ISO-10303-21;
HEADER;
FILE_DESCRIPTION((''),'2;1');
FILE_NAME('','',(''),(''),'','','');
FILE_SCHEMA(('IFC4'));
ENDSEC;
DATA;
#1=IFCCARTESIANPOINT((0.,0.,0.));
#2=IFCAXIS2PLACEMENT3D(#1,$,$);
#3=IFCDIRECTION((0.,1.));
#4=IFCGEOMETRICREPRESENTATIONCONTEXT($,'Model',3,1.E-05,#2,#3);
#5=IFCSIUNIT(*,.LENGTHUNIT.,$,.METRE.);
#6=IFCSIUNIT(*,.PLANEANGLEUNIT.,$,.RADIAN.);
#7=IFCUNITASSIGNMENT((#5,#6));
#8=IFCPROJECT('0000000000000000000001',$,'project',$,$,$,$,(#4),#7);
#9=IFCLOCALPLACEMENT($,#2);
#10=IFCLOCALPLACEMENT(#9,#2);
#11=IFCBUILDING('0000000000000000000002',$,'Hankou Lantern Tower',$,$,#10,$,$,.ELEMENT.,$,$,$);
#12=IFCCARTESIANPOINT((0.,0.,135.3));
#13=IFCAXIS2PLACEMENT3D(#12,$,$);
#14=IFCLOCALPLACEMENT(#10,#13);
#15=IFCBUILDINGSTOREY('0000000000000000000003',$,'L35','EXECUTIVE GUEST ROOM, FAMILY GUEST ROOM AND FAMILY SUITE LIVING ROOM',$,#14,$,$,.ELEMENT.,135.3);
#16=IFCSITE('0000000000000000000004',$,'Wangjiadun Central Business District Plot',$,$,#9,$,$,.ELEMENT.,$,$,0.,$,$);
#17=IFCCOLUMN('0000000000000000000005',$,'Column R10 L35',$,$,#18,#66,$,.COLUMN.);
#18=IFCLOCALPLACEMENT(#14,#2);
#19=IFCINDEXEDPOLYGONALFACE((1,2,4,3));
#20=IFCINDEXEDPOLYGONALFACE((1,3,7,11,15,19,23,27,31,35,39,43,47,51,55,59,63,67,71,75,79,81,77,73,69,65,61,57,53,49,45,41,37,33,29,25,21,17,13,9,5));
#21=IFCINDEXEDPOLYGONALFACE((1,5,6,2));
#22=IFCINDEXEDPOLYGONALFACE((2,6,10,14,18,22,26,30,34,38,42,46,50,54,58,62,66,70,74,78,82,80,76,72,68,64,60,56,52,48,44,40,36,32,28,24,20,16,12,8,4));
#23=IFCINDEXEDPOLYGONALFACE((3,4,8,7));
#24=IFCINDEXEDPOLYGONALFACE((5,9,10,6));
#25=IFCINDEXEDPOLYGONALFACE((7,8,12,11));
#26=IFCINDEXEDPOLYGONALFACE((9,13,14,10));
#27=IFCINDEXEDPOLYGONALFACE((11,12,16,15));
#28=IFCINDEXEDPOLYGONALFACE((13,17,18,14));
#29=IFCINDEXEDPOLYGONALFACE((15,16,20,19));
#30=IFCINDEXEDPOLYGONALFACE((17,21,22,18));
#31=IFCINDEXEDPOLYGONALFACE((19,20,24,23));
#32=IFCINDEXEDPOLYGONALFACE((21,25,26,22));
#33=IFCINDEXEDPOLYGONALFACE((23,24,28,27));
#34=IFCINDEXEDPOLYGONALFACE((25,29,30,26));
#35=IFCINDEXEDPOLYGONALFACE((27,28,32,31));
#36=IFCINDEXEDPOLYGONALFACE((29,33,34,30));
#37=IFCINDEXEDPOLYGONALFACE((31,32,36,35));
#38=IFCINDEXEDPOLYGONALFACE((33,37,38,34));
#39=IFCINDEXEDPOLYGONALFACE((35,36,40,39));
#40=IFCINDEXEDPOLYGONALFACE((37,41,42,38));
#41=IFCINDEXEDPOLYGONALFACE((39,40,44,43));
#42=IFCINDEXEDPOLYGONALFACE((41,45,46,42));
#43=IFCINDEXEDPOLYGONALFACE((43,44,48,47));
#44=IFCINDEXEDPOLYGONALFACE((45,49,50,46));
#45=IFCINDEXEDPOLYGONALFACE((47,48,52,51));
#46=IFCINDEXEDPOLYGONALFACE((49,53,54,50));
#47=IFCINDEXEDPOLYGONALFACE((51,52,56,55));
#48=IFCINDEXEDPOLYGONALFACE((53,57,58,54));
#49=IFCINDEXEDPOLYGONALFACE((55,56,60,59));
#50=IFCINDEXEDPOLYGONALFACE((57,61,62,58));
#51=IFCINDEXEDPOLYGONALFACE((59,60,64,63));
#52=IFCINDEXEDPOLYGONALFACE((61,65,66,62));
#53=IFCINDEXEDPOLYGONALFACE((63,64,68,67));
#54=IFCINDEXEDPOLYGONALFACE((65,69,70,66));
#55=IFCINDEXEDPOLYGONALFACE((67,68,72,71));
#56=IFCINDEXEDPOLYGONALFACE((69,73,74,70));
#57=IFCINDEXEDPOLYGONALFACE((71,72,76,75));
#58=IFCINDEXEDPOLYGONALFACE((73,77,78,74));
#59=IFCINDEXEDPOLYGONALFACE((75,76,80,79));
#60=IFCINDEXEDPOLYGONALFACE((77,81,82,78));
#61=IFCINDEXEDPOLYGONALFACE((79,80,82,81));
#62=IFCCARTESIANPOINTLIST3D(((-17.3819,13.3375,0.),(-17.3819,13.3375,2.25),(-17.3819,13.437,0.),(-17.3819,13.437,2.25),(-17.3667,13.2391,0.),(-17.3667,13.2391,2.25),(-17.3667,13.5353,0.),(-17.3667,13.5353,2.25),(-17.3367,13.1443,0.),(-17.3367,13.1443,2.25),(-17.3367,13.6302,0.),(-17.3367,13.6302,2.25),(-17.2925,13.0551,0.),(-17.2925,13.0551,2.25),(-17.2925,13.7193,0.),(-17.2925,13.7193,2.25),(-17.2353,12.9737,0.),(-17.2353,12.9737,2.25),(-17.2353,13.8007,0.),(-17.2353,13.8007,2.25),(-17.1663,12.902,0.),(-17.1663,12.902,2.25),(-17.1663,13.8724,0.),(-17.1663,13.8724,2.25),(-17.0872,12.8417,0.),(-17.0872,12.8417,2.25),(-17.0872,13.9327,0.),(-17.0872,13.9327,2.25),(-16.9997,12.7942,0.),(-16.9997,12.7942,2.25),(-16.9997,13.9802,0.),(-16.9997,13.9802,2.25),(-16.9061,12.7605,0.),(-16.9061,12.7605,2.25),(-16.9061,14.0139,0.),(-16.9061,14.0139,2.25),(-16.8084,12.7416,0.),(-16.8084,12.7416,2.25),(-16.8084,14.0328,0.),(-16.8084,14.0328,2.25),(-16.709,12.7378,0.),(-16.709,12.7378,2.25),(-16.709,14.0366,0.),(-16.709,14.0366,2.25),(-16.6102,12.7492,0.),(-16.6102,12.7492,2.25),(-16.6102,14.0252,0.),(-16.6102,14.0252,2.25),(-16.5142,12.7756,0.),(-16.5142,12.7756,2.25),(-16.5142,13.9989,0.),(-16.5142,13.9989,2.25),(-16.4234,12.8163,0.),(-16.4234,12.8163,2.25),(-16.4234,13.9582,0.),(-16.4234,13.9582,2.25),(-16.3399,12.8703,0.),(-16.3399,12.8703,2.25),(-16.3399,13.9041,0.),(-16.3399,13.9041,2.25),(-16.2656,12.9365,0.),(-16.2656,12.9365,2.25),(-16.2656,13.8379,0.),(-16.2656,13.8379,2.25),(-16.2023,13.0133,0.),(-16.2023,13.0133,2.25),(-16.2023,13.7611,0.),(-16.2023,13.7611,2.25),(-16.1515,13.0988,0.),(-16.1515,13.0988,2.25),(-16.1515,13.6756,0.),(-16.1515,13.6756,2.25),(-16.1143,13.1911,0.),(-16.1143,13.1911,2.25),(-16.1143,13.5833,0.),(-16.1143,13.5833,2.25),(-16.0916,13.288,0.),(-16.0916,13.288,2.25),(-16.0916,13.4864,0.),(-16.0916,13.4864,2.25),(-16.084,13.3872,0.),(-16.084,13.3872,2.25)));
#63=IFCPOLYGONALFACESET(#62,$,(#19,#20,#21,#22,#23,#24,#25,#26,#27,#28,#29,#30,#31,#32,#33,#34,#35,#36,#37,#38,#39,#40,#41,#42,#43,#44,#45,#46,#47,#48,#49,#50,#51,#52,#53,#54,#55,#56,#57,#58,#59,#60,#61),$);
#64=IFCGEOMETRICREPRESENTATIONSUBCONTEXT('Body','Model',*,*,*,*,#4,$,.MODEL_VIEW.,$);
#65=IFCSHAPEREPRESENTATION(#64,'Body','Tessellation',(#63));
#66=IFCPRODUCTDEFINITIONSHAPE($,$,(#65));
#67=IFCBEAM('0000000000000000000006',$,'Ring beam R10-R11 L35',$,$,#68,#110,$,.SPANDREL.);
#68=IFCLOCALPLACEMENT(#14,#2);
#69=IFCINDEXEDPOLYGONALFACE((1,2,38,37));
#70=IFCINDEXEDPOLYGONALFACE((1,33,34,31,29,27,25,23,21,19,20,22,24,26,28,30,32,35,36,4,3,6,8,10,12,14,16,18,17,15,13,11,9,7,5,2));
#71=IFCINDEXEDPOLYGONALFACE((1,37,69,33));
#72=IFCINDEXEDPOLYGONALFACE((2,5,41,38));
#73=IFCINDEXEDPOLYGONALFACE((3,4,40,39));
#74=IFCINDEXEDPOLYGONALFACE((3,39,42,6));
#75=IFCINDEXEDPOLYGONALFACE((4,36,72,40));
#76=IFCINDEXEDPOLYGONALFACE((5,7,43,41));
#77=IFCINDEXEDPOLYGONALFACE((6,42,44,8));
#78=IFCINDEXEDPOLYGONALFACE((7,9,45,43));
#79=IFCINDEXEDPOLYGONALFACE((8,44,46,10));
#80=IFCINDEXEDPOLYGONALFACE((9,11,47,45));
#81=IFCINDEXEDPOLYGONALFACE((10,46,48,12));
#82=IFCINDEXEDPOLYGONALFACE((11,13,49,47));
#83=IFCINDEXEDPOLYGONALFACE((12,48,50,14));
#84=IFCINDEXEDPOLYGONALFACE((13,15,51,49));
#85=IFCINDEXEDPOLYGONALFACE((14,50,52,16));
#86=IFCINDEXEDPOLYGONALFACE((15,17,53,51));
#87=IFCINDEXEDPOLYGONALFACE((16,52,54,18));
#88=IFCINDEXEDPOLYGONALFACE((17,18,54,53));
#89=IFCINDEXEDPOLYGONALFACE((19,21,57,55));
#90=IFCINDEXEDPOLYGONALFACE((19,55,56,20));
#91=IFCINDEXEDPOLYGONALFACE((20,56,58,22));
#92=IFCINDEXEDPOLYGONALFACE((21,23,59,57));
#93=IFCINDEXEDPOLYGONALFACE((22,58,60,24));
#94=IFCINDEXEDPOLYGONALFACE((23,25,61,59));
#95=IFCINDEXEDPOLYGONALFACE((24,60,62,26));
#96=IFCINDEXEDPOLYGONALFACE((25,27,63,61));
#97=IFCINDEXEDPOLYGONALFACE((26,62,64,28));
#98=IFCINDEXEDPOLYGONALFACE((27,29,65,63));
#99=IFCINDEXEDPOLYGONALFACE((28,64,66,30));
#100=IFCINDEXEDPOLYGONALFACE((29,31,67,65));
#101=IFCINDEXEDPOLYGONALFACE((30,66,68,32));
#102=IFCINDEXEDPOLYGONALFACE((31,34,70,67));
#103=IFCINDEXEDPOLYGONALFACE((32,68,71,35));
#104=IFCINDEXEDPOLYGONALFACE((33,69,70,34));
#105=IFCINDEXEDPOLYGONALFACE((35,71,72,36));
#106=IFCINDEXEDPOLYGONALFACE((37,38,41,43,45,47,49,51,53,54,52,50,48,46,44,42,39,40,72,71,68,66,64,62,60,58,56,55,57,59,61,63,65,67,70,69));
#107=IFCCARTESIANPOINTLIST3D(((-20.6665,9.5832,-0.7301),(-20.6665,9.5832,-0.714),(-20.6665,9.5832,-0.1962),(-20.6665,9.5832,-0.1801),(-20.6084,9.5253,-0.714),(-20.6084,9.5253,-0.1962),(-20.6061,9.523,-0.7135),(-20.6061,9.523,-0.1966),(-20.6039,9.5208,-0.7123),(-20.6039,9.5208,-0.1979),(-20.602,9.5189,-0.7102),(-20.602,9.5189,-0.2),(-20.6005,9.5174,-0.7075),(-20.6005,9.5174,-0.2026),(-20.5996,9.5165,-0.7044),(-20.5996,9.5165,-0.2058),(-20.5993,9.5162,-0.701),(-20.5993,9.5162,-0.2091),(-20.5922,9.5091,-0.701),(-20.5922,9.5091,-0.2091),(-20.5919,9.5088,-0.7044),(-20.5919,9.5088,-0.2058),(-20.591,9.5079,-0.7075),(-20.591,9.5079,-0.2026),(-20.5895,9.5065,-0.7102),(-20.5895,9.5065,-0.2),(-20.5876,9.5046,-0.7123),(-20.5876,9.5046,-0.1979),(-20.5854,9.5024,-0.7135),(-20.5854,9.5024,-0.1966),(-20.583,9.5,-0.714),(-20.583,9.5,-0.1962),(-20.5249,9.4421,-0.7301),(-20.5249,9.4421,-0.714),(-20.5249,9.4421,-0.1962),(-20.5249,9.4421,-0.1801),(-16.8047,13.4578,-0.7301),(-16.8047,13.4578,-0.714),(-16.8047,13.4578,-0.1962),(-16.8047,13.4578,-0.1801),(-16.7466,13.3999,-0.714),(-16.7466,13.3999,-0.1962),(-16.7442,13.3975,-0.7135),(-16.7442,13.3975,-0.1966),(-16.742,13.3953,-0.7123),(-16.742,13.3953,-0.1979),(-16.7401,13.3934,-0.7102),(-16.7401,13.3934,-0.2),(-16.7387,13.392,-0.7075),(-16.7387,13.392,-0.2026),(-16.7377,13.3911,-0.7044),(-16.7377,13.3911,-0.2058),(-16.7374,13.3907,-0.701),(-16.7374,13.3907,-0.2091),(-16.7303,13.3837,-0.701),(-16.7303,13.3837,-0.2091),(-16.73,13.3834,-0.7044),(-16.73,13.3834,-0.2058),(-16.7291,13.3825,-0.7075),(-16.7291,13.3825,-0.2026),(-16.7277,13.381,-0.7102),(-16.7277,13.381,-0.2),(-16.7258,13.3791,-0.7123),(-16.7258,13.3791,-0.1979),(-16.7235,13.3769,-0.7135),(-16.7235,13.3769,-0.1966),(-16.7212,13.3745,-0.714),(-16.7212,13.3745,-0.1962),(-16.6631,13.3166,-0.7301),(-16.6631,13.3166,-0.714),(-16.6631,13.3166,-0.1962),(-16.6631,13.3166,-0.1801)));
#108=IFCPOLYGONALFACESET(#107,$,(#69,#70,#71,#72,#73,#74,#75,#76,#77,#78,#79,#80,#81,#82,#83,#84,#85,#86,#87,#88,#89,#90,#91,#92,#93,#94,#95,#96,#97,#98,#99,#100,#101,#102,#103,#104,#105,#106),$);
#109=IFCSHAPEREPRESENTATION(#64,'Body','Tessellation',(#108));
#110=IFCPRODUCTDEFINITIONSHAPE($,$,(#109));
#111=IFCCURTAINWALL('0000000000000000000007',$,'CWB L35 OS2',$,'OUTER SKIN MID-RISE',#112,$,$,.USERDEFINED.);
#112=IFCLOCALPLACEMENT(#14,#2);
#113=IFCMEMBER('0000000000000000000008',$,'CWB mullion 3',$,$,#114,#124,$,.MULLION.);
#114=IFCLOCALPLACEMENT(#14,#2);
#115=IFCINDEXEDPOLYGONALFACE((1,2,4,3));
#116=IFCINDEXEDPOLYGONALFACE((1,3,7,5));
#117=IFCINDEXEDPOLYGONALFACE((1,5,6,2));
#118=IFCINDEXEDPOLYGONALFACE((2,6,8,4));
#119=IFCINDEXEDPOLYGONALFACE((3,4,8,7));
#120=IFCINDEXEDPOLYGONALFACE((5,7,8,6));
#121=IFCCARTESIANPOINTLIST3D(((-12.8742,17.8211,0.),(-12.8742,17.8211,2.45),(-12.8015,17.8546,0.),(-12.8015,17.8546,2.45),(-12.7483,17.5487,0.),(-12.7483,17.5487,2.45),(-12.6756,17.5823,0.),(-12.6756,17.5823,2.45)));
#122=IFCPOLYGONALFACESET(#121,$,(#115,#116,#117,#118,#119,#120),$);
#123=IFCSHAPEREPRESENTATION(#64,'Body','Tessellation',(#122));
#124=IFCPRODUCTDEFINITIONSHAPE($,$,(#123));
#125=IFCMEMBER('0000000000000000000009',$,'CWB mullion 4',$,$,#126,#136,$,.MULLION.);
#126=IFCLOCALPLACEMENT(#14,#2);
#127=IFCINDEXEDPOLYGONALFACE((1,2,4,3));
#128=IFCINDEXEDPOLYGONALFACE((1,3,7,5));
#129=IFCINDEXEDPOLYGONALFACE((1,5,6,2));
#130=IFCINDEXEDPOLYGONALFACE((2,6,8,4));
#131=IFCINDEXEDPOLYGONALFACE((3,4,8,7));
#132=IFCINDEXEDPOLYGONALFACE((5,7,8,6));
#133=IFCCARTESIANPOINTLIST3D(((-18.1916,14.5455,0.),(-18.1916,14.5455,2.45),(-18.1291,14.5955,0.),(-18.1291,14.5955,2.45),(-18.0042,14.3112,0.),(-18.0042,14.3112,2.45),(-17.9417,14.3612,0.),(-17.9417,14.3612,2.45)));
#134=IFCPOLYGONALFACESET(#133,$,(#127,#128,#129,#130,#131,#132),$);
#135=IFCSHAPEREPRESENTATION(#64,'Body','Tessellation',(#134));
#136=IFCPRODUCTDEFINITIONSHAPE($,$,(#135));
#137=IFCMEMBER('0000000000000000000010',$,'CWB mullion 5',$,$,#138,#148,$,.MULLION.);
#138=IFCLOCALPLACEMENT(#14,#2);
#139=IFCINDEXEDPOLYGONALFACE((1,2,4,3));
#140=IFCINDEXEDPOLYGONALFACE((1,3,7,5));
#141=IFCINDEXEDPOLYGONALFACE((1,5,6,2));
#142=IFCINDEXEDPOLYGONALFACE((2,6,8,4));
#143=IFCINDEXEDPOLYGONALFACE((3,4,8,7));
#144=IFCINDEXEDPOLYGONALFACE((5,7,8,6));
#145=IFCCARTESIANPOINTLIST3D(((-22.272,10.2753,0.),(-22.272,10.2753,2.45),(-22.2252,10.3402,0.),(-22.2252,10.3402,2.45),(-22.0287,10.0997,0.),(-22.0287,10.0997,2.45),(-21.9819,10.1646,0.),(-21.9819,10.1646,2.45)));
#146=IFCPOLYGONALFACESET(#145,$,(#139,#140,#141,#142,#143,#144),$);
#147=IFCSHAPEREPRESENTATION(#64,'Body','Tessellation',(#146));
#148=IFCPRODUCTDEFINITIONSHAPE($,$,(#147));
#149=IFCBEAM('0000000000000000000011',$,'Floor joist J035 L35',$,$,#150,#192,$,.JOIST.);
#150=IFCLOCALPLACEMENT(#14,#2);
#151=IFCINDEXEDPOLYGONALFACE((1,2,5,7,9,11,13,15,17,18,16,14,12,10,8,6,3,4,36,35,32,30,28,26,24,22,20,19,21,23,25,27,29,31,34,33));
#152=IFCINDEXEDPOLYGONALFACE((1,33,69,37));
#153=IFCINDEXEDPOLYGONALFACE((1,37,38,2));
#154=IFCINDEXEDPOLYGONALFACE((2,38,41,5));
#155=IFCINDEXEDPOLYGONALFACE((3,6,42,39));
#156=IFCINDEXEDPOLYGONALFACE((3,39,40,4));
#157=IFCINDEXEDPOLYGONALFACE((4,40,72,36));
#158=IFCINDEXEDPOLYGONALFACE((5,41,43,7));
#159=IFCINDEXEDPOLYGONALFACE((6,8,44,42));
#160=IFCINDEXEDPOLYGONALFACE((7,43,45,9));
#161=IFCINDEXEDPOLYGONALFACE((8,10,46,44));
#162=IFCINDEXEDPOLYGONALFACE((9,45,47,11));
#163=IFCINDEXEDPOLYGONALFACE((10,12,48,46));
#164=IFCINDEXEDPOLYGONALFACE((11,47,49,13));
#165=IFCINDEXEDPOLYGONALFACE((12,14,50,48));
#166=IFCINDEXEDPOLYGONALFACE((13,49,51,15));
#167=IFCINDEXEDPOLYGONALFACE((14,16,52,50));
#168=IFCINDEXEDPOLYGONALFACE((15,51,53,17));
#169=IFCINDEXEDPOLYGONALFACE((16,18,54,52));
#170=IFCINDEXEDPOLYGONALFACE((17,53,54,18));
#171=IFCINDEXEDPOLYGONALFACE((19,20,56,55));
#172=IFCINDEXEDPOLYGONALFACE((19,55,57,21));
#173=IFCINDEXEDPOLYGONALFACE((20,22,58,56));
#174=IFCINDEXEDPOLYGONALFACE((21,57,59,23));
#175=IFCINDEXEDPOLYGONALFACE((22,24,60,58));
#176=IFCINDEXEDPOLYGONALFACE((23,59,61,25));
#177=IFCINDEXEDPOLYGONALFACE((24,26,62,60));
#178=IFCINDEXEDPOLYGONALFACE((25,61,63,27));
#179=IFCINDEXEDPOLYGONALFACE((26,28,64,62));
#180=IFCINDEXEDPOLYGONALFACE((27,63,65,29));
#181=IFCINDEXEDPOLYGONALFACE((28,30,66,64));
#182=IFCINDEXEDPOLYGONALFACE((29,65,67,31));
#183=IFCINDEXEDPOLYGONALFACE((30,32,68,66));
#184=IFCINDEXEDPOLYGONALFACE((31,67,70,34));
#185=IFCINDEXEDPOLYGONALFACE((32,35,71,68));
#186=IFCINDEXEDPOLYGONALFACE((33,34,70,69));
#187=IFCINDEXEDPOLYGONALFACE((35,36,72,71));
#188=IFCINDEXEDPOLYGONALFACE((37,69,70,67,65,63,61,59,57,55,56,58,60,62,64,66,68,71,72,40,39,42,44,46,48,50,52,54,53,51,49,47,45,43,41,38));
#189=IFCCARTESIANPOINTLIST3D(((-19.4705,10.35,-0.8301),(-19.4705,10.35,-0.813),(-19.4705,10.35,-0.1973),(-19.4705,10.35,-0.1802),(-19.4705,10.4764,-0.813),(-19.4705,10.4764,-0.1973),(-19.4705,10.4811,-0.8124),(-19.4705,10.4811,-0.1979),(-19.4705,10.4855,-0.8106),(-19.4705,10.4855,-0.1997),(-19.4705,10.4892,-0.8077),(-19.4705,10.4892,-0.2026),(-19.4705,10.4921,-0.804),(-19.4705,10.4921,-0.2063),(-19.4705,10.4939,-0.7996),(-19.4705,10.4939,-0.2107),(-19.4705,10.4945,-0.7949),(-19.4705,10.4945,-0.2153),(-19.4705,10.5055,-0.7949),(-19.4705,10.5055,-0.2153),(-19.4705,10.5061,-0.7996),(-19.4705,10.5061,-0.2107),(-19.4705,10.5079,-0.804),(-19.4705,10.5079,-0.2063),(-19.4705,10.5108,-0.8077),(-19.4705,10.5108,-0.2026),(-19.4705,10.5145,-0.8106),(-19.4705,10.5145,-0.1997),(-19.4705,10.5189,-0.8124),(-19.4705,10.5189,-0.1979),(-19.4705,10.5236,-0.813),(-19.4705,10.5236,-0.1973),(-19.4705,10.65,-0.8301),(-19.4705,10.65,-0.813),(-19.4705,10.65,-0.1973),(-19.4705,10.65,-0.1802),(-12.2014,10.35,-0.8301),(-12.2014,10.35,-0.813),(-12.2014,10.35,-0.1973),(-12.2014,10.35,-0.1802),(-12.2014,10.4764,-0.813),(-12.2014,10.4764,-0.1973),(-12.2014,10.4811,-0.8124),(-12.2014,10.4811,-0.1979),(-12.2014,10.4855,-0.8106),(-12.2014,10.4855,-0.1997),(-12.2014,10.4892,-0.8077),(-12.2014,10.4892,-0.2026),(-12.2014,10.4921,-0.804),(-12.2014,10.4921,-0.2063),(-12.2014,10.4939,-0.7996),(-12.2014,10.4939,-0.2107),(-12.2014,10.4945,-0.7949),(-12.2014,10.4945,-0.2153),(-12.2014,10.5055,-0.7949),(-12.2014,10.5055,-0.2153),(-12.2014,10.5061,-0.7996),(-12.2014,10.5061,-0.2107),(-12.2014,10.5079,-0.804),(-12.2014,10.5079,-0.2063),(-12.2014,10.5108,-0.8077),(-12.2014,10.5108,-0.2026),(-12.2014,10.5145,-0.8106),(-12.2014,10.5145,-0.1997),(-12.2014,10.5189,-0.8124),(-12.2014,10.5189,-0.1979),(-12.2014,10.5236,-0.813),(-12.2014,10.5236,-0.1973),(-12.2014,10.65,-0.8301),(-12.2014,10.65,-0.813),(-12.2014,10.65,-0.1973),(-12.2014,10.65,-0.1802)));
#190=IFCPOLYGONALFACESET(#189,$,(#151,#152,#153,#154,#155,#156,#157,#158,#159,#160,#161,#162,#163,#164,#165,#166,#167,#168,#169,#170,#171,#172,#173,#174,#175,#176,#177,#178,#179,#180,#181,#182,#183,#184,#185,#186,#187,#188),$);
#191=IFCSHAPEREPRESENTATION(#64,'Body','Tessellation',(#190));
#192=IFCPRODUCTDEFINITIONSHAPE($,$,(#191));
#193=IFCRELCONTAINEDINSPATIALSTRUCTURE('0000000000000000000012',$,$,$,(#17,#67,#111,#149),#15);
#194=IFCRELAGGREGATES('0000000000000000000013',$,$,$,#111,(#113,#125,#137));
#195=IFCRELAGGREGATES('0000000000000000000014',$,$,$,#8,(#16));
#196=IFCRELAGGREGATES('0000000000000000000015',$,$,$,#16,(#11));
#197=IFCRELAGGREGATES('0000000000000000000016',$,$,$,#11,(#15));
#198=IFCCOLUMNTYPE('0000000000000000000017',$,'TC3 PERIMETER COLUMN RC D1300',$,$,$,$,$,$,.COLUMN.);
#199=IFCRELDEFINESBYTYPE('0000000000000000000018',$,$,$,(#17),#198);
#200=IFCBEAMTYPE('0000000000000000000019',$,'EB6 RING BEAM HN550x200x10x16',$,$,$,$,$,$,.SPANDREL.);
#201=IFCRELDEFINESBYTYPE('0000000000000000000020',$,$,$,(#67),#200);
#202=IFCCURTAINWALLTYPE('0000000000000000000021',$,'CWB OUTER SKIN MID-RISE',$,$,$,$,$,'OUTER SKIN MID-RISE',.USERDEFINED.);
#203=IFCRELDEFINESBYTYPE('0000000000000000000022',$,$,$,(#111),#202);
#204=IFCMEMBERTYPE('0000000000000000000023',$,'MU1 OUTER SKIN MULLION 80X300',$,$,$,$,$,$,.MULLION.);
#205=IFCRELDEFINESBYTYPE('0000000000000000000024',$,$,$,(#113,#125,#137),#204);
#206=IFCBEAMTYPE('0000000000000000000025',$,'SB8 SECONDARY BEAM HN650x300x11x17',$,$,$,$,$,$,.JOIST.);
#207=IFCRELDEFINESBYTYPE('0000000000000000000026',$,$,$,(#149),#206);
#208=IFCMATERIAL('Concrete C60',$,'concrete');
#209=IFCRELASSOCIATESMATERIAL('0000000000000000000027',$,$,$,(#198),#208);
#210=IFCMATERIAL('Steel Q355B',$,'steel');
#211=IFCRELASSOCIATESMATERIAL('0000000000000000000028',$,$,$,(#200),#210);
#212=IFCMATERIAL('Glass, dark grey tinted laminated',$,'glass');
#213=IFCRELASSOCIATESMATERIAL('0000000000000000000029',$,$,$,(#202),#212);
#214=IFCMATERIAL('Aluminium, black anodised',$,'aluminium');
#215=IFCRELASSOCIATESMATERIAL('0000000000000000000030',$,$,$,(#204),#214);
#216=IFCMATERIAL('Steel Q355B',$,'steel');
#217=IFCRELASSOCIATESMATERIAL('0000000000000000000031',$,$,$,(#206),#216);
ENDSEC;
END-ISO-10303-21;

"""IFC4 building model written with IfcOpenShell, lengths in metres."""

from ifc_helpers import new_model, si_unit, direction, frame, origin, origin_2d, place, context, subcontext, project, spatial, rectangle, circle, i_section, extrude, clip, halfspace, material, material_profile, profile_set, type_object, element, aggregate, save


model = new_model("IFC4")

# Units and contexts
model_context = context("Model", 3, precision=1e-05, world=origin(), true_north=direction((0.0, 1.0)))
body_context = subcontext(model_context, "Body", "Model", "MODEL_VIEW")
ifc_project = project(units=[si_unit("LENGTHUNIT", "METRE"), si_unit("PLANEANGLEUNIT", "RADIAN")], contexts=[model_context])

# Site, building, storey
site_placement = place(None, origin())
site = spatial("IfcSite", under=ifc_project, at=site_placement, Name="Wangjiadun Central Business District Plot", CompositionType="ELEMENT", RefElevation=0.0)
building_placement = place(site_placement, origin())
building = spatial("IfcBuilding", under=site, at=building_placement, Name="Hankou Lantern Tower", CompositionType="ELEMENT")
storey_placement = place(building_placement, frame((0.0, 0.0, 135.3)))
storey = spatial("IfcBuildingStorey", under=building, at=storey_placement, Name="L35", Description="EXECUTIVE GUEST ROOM, FAMILY GUEST ROOM AND FAMILY SUITE LIVING ROOM", CompositionType="ELEMENT", Elevation=135.3)

# Column
ifc_material_1 = material(Name="Concrete C60", Category="concrete")
ifc_material_profile_1 = material_profile(ifc_material_1, circle(Radius=0.6499, at=origin_2d()), Name="RC D1300")
ifc_profile_set_1 = profile_set([ifc_material_profile_1], Name="Concrete C60")
column_type = type_object("IfcColumnType", Name="TC3 PERIMETER COLUMN RC D1300", PredefinedType="COLUMN", material=ifc_profile_set_1)
column_placement = place(storey_placement, frame((-16.7339, 13.3872, 0.0), z_axis=(0.0, 0.0, 1.0), x_axis=(1.0, 0.0, 0.0)))
element("IfcColumn", 1, at=column_placement, inside=storey, type_object=column_type, Name="Column R10 L35", PredefinedType="COLUMN", context=body_context, shape_type="Clipping", body=[
    clip(extrude(circle(Radius=0.6499, at=origin_2d()), origin(), (0.0, 0.0, 1.0), 3.3), halfspace(frame((0.0, 0.0, 2.25), z_axis=(0.0, 0.0, 1.0), x_axis=(1.0, 0.0, 0.0)), False)),
])

# Beam
ifc_material_2 = material(Name="Steel Q355B", Category="steel")
ifc_material_profile_2 = material_profile(ifc_material_2, i_section(OverallWidth=0.2, OverallDepth=0.55, WebThickness=0.01, FlangeThickness=0.0161, FilletRadius=0.0129, at=origin_2d()), Name="HN550x200x10x16")
ifc_profile_set_2 = profile_set([ifc_material_profile_2], Name="Steel Q355B")
beam_type_1 = type_object("IfcBeamType", Name="EB6 RING BEAM HN550x200x10x16", PredefinedType="SPANDREL", material=ifc_profile_set_2)
beam_1_placement = place(storey_placement, frame((-16.7339, 13.3872, -0.4551), z_axis=(-0.705945, -0.708266, 0.0), x_axis=(0.708266, -0.705945, 0.0)))
element("IfcBeam", 2, at=beam_1_placement, inside=storey, type_object=beam_type_1, Name="Ring beam R10-R11 L35", PredefinedType="SPANDREL", context=body_context, shape_type="SweptSolid", body=[
    extrude(i_section(OverallWidth=0.2, OverallDepth=0.55, WebThickness=0.01, FlangeThickness=0.0161, FilletRadius=0.0129, at=origin_2d()), origin(), (0.0, 0.0, 1.0), 5.4705),
])

# Curtain wall, members
ifc_material_3 = material(Name="Glass, dark grey tinted laminated", Category="glass")
curtain_wall_type = type_object("IfcCurtainWallType", Name="CWB OUTER SKIN MID-RISE", ElementType="OUTER SKIN MID-RISE", PredefinedType="USERDEFINED", material=ifc_material_3)
curtain_wall_placement = place(storey_placement, origin())
curtain_wall = element("IfcCurtainWall", 3, at=curtain_wall_placement, inside=storey, type_object=curtain_wall_type, Name="CWB L35 OS2", ObjectType="OUTER SKIN MID-RISE", PredefinedType="USERDEFINED")
ifc_material_4 = material(Name="Aluminium, black anodised", Category="aluminium")
ifc_material_profile_3 = material_profile(ifc_material_4, rectangle(XDim=0.0801, YDim=0.3, at=origin_2d()), Name="MU1 80X300")
ifc_profile_set_3 = profile_set([ifc_material_profile_3], Name="Aluminium, black anodised")
member_type_1 = type_object("IfcMemberType", Name="MU1 OUTER SKIN MULLION 80X300", PredefinedType="MULLION", material=ifc_profile_set_3)
member_1_placement = place(storey_placement, frame((-12.7749, 17.7017, 0.0), z_axis=(0.0, 0.0, 1.0), x_axis=(-0.907841, -0.419314, 0.0)))
member_1 = element("IfcMember", 4, at=member_1_placement, type_object=member_type_1, Name="CWB mullion 3", PredefinedType="MULLION", context=body_context, shape_type="SweptSolid", body=[
    extrude(rectangle(XDim=0.0801, YDim=0.3, at=origin_2d()), origin(), (0.0, 0.0, 1.0), 2.45),
])
member_2_placement = place(storey_placement, frame((-18.0667, 14.4534, 0.0), z_axis=(0.0, 0.0, 1.0), x_axis=(-0.780869, -0.624695, 0.0)))
member_2 = element("IfcMember", 5, at=member_2_placement, type_object=member_type_1, Name="CWB mullion 4", PredefinedType="MULLION", context=body_context, shape_type="SweptSolid", body=[
    extrude(rectangle(XDim=0.0801, YDim=0.3, at=origin_2d()), origin(), (0.0, 0.0, 1.0), 2.45),
])
member_3_placement = place(storey_placement, frame((-22.127, 10.22, 0.0), z_axis=(0.0, 0.0, 1.0), x_axis=(-0.585206, -0.810885, 0.0)))
member_3 = element("IfcMember", 6, at=member_3_placement, type_object=member_type_1, Name="CWB mullion 5", PredefinedType="MULLION", context=body_context, shape_type="SweptSolid", body=[
    extrude(rectangle(XDim=0.0801, YDim=0.3, at=origin_2d()), origin(), (0.0, 0.0, 1.0), 2.45),
])

# Beam
ifc_material_5 = material(Name="Steel Q355B", Category="steel")
ifc_material_profile_4 = material_profile(ifc_material_5, i_section(OverallWidth=0.3, OverallDepth=0.6499, WebThickness=0.011, FlangeThickness=0.0171, FilletRadius=0.0181, at=origin_2d()), Name="HN650x300x11x17")
ifc_profile_set_4 = profile_set([ifc_material_profile_4], Name="Steel Q355B")
beam_type_2 = type_object("IfcBeamType", Name="SB8 SECONDARY BEAM HN650x300x11x17", PredefinedType="JOIST", material=ifc_profile_set_4)
beam_2_placement = place(storey_placement, frame((-19.4705, 10.5, -0.5051), z_axis=(1.0, 0.0, 0.0), x_axis=(0.0, 1.0, 0.0)))
element("IfcBeam", 7, at=beam_2_placement, inside=storey, type_object=beam_type_2, Name="Floor joist J035 L35", PredefinedType="JOIST", context=body_context, shape_type="SweptSolid", body=[
    extrude(i_section(OverallWidth=0.3, OverallDepth=0.6499, WebThickness=0.011, FlangeThickness=0.0171, FilletRadius=0.0181, at=origin_2d()), origin(), (0.0, 0.0, 1.0), 7.269),
])

aggregate(curtain_wall, [member_1, member_2, member_3])

save(model, "model.ifc")
